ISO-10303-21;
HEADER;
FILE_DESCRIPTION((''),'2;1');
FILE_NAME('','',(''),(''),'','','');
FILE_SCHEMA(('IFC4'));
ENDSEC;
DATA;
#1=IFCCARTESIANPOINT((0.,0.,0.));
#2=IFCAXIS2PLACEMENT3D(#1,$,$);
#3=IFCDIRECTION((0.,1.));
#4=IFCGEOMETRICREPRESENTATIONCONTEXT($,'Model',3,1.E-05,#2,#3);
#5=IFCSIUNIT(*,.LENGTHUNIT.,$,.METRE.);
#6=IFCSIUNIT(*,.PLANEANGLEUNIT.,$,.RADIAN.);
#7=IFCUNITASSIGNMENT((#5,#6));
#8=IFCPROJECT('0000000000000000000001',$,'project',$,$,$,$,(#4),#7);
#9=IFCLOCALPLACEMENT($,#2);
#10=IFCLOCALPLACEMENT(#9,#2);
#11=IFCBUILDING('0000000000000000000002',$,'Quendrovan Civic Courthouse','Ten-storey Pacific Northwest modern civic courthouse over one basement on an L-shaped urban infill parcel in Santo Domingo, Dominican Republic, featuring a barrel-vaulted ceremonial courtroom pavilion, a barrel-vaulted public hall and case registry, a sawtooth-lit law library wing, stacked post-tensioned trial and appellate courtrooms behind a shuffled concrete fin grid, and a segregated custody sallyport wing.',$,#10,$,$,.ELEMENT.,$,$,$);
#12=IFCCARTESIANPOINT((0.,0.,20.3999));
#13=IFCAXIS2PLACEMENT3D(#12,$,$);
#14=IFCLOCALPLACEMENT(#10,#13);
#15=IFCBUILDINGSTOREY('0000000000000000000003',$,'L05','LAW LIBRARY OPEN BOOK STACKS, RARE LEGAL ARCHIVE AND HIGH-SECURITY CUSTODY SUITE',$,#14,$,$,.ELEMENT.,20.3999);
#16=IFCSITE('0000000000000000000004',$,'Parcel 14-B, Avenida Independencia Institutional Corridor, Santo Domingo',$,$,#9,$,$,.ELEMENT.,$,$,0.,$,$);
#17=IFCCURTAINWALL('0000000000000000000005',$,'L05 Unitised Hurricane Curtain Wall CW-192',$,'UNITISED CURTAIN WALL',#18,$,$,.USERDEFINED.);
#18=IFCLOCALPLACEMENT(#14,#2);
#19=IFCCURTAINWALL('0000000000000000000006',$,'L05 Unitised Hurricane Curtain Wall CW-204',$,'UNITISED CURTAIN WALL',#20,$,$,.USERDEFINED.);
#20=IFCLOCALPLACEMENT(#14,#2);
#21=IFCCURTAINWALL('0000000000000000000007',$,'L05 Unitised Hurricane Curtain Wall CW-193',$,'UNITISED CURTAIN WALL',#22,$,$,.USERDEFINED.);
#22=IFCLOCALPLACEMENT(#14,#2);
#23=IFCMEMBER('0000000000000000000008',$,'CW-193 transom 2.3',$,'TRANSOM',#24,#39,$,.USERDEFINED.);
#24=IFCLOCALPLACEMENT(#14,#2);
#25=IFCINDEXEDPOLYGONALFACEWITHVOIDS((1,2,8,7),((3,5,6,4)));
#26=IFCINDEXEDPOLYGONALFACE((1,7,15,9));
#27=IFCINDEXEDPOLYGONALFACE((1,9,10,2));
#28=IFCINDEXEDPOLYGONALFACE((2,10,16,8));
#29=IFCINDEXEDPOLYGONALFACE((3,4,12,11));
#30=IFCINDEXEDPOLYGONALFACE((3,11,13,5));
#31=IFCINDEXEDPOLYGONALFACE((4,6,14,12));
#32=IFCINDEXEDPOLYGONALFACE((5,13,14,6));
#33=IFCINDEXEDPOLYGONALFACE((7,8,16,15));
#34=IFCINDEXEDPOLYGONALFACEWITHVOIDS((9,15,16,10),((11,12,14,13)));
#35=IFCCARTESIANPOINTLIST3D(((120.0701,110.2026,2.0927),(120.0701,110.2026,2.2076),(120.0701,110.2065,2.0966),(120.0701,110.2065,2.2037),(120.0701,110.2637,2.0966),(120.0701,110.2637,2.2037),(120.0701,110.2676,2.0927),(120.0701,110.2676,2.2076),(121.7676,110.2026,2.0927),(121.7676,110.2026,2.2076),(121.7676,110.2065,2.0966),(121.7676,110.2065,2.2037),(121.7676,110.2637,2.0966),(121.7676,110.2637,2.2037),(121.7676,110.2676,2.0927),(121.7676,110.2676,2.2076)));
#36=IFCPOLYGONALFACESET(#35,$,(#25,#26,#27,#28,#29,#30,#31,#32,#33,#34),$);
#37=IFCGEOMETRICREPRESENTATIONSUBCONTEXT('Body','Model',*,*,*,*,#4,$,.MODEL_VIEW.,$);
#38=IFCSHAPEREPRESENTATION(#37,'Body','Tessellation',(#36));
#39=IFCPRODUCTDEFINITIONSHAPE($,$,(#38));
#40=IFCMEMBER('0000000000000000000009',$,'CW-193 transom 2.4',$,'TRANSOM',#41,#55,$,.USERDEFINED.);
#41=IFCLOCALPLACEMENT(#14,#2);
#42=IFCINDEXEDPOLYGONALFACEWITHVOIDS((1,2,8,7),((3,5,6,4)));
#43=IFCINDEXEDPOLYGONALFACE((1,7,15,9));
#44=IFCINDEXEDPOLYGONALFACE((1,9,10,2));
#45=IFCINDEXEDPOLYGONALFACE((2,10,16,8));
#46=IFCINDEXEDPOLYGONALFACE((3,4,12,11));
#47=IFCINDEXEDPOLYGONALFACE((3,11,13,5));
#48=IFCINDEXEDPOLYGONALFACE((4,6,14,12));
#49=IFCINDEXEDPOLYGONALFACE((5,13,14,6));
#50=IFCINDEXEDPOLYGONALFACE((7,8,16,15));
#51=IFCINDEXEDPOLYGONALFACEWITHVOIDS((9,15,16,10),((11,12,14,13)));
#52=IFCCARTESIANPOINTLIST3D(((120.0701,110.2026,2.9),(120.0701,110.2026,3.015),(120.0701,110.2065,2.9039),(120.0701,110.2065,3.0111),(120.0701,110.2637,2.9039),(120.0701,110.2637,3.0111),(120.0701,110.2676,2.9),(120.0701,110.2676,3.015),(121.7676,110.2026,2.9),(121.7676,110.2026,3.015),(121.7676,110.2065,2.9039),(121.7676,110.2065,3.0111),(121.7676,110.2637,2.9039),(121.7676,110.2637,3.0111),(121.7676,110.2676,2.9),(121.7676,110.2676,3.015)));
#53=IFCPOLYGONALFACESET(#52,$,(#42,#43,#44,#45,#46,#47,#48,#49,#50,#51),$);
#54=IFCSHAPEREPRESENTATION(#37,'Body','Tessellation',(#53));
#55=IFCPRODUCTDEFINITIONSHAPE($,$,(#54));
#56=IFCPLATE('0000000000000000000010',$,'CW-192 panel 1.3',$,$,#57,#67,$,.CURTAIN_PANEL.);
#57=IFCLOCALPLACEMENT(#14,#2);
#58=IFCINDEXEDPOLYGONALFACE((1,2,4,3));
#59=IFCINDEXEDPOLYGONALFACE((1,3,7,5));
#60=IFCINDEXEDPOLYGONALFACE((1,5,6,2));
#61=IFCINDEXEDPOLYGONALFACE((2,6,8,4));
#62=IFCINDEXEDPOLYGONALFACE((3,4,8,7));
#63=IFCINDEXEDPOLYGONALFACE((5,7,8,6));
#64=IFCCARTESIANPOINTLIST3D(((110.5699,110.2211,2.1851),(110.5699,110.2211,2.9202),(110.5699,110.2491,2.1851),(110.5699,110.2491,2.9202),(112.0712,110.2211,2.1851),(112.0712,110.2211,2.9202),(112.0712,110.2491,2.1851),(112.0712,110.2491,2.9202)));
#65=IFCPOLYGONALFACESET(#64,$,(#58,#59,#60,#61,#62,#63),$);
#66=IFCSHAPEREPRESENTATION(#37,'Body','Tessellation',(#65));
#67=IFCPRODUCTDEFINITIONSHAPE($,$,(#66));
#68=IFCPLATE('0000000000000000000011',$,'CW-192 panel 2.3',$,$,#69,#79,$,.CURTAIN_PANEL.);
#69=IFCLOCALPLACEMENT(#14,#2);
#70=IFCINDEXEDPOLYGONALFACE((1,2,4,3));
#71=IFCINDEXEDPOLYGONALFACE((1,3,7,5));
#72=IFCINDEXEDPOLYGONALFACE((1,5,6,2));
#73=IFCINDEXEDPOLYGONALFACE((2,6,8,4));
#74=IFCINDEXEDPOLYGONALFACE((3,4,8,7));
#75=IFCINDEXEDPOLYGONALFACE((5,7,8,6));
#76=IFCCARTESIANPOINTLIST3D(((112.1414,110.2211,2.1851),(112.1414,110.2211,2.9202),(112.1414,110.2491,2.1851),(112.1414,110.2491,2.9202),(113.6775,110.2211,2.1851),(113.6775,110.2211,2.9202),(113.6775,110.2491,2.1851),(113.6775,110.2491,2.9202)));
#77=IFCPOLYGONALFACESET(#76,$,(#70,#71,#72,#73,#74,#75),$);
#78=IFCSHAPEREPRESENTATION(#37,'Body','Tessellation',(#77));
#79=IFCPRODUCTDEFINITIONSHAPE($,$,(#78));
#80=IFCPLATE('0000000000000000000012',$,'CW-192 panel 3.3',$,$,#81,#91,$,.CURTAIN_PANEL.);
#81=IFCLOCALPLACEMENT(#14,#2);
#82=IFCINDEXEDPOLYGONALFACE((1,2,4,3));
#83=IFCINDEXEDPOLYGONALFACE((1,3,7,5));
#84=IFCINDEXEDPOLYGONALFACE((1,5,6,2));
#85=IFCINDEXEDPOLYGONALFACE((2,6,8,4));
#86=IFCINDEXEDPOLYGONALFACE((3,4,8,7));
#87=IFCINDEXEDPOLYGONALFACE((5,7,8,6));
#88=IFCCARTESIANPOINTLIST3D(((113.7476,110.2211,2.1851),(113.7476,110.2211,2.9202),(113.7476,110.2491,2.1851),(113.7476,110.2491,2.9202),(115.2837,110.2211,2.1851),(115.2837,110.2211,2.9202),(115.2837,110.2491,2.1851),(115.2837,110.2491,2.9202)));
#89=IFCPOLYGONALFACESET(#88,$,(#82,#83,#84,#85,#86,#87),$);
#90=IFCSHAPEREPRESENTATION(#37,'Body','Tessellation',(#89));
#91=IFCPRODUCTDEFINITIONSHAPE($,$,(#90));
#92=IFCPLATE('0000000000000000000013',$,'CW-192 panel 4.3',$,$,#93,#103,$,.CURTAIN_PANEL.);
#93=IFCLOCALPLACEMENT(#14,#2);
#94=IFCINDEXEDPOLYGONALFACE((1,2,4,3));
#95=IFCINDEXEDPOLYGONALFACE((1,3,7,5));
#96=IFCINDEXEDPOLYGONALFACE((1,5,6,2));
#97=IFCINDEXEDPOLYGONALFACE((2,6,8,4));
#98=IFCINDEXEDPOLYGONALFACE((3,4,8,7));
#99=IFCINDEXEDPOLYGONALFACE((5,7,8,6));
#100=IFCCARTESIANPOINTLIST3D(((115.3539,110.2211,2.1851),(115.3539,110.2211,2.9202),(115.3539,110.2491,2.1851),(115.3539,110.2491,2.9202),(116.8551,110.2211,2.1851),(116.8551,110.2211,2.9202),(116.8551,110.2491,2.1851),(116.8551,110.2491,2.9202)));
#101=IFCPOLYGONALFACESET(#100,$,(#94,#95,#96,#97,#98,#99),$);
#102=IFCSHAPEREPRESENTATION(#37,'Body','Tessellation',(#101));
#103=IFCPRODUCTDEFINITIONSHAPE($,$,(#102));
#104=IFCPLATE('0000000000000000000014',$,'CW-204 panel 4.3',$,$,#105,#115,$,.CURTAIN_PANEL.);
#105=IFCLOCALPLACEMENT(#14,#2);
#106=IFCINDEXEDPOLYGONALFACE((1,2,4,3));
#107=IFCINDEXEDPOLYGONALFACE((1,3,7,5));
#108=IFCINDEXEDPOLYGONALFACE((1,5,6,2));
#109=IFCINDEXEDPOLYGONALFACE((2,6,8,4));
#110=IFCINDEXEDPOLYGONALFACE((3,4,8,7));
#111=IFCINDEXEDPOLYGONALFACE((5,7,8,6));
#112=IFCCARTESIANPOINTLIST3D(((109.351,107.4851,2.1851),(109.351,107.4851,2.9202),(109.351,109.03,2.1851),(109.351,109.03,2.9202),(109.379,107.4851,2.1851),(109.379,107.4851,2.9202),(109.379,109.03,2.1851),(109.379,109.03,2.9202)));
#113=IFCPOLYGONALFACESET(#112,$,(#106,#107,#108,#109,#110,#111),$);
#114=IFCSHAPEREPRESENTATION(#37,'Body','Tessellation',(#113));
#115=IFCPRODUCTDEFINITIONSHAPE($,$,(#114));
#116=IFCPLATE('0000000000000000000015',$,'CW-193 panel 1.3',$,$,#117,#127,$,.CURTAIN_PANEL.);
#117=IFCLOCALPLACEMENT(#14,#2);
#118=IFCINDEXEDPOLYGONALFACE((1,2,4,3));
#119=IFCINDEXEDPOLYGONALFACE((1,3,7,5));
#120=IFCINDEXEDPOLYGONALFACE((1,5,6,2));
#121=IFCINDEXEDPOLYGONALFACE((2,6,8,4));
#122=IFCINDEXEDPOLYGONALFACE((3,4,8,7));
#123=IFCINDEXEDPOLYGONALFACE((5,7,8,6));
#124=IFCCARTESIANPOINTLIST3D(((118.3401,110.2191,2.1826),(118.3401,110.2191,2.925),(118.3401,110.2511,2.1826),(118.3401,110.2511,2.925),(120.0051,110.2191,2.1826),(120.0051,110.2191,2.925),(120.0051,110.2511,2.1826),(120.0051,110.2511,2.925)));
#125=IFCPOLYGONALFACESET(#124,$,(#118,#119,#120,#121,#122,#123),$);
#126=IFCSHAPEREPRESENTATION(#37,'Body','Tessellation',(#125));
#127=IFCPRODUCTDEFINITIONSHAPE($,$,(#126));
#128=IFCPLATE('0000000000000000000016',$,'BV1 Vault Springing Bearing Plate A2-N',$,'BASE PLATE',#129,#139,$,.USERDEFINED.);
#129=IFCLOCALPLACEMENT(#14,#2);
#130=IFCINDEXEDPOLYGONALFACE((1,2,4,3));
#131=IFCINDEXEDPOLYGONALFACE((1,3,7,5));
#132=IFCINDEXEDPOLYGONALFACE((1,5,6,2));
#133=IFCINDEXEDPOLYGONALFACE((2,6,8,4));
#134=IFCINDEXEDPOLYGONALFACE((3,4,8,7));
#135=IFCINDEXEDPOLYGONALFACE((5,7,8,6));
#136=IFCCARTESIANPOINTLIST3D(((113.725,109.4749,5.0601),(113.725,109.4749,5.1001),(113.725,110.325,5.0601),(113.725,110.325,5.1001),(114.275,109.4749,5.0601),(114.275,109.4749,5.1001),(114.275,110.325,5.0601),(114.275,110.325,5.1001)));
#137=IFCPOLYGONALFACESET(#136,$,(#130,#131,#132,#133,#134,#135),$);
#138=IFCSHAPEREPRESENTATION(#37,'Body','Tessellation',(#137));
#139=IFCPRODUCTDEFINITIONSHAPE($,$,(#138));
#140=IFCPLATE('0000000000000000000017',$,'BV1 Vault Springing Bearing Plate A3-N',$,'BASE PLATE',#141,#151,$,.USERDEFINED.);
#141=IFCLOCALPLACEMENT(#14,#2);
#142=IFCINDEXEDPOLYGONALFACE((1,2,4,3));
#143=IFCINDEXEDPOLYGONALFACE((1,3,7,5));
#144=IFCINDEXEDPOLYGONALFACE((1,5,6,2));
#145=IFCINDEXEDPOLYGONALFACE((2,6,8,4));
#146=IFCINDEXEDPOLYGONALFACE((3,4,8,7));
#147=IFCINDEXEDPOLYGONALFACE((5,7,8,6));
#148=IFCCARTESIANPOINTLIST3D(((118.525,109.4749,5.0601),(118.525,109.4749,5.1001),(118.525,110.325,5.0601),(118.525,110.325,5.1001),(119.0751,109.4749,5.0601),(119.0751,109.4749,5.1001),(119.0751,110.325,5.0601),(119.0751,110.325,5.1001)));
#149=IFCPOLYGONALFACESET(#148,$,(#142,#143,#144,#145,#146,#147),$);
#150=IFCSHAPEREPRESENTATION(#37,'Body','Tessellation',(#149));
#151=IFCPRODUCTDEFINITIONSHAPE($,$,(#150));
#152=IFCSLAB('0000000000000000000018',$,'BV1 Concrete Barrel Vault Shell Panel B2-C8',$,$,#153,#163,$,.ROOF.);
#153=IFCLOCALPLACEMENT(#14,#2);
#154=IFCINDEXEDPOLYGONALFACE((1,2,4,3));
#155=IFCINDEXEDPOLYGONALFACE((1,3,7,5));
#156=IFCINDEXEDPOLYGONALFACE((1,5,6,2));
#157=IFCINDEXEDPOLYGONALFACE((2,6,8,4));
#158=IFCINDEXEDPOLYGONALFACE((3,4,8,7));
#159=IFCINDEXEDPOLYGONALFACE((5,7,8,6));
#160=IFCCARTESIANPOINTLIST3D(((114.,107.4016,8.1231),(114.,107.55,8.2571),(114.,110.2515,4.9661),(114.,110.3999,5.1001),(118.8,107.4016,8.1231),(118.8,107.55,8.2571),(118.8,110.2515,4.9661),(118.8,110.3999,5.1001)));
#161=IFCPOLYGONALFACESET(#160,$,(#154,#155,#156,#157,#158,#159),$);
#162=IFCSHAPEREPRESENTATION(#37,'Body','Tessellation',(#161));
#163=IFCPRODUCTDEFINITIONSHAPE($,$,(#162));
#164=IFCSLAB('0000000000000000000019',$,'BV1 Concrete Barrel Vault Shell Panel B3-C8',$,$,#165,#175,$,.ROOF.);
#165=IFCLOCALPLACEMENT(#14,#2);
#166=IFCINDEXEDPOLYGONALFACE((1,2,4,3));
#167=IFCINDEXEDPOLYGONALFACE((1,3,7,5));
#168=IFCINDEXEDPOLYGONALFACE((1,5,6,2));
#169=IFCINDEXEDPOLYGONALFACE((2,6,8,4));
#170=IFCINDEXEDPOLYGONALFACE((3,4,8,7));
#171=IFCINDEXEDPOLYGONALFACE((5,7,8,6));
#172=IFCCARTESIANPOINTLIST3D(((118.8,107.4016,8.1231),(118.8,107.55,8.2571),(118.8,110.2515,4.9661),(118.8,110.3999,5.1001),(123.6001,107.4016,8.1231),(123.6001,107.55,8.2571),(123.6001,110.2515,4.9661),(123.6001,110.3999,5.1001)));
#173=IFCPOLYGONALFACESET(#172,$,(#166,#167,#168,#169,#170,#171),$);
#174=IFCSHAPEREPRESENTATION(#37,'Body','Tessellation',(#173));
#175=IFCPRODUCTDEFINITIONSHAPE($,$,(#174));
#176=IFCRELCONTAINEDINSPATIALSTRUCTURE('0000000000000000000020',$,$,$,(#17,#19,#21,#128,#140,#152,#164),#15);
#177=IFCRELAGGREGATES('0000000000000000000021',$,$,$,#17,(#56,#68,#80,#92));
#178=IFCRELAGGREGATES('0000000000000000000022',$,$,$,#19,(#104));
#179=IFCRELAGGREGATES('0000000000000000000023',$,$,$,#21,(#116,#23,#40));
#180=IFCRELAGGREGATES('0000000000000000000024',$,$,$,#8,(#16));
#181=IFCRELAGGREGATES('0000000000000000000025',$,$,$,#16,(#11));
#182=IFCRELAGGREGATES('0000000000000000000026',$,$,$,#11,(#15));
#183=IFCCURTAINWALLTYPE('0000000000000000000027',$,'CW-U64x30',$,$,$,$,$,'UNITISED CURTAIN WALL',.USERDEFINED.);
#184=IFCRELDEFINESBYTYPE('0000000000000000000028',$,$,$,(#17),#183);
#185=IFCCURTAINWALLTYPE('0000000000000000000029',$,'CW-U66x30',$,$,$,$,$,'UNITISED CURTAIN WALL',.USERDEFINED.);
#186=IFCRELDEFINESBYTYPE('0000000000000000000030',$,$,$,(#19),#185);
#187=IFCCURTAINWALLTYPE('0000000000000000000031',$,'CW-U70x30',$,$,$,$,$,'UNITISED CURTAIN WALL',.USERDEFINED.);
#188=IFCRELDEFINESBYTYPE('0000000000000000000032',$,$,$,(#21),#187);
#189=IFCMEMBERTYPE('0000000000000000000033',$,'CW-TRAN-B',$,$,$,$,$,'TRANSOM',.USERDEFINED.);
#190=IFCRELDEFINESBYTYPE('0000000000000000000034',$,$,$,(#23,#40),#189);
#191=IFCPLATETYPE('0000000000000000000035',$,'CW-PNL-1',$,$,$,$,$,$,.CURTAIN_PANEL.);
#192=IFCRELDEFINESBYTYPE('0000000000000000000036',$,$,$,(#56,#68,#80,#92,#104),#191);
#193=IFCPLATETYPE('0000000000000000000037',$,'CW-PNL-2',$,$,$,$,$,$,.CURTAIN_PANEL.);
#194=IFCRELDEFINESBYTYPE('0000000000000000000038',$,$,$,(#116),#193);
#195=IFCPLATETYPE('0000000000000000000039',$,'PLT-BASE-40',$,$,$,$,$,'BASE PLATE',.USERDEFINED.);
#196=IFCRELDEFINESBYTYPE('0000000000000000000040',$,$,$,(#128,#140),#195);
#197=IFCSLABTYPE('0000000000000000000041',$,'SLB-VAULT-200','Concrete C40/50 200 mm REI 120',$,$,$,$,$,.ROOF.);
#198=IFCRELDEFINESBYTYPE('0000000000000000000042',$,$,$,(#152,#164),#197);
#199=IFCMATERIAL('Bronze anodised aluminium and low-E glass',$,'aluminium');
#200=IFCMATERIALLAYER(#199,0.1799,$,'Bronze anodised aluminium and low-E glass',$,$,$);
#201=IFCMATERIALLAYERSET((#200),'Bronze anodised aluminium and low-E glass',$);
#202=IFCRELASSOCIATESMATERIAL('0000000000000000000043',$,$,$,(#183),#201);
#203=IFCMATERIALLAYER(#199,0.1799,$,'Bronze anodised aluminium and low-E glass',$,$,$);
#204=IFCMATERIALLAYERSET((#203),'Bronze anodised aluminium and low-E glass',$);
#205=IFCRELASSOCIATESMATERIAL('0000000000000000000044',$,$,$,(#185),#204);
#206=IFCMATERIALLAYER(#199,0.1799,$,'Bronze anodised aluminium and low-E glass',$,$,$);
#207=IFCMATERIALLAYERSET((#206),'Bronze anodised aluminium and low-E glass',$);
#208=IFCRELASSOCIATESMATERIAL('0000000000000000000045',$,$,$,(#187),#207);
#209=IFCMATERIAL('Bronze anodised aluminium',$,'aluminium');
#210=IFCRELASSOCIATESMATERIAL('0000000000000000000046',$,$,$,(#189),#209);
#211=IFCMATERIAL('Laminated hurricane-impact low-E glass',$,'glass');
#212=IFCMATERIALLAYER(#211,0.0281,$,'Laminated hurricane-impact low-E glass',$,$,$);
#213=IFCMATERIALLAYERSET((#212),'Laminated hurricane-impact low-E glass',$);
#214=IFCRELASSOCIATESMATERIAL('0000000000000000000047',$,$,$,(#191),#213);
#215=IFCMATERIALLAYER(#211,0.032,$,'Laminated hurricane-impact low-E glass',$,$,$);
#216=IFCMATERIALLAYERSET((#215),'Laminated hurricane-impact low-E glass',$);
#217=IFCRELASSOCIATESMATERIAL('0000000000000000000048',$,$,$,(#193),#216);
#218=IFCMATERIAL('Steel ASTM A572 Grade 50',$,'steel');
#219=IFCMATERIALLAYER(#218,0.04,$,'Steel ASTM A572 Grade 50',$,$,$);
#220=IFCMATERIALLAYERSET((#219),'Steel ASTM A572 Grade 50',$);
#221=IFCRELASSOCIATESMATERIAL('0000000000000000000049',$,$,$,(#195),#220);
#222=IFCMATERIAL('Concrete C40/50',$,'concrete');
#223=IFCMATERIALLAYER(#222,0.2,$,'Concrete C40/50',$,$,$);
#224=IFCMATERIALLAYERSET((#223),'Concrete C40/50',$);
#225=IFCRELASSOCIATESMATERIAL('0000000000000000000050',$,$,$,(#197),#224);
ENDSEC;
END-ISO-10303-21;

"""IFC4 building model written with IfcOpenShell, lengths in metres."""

from ifc_helpers import new_model, si_unit, direction, frame, origin, origin_2d, place, context, subcontext, project, spatial, polyline, rectangle, hollow_rectangle, outline, extrude, material, layer, layer_set, material_profile, profile_set, type_object, element, aggregate, save


model = new_model("IFC4")

# Units and contexts
model_context = context("Model", 3, precision=1e-05, world=origin(), true_north=direction((0.0, 1.0)))
body_context = subcontext(model_context, "Body", "Model", "MODEL_VIEW")
ifc_project = project(units=[si_unit("LENGTHUNIT", "METRE"), si_unit("PLANEANGLEUNIT", "RADIAN")], contexts=[model_context])

# Site, building, storey
site_placement = place(None, origin())
site = spatial("IfcSite", under=ifc_project, at=site_placement, Name="Parcel 14-B, Avenida Independencia Institutional Corridor, Santo Domingo", CompositionType="ELEMENT", RefElevation=0.0)
building_placement = place(site_placement, origin())
building = spatial("IfcBuilding", under=site, at=building_placement, Name="Quendrovan Civic Courthouse", Description="Ten-storey Pacific Northwest modern civic courthouse over one basement on an L-shaped urban infill parcel in Santo Domingo, Dominican Republic, featuring a barrel-vaulted ceremonial courtroom pavilion, a barrel-vaulted public hall and case registry, a sawtooth-lit law library wing, stacked post-tensioned trial and appellate courtrooms behind a shuffled concrete fin grid, and a segregated custody sallyport wing.", CompositionType="ELEMENT")
storey_placement = place(building_placement, frame((0.0, 0.0, 20.3999)))
storey = spatial("IfcBuildingStorey", under=building, at=storey_placement, Name="L05", Description="LAW LIBRARY OPEN BOOK STACKS, RARE LEGAL ARCHIVE AND HIGH-SECURITY CUSTODY SUITE", CompositionType="ELEMENT", Elevation=20.3999)

# Curtain wall
ifc_material_1 = material(Name="Bronze anodised aluminium and low-E glass", Category="aluminium")
ifc_layer_1 = layer(ifc_material_1, 0.1799, Name="Bronze anodised aluminium and low-E glass")
ifc_layer_set_1 = layer_set([ifc_layer_1], Name="Bronze anodised aluminium and low-E glass")
curtain_wall_type_1 = type_object("IfcCurtainWallType", Name="CW-U64x30", ElementType="UNITISED CURTAIN WALL", PredefinedType="USERDEFINED", material=ifc_layer_set_1)
curtain_wall_1_placement = place(storey_placement, origin())
curtain_wall_1 = element("IfcCurtainWall", 1, at=curtain_wall_1_placement, inside=storey, type_object=curtain_wall_type_1, Name="L05 Unitised Hurricane Curtain Wall CW-192", ObjectType="UNITISED CURTAIN WALL", PredefinedType="USERDEFINED")
ifc_material_2 = material(Name="Bronze anodised aluminium", Category="aluminium")

# Curtain wall
ifc_layer_2 = layer(ifc_material_1, 0.1799, Name="Bronze anodised aluminium and low-E glass")
ifc_layer_set_2 = layer_set([ifc_layer_2], Name="Bronze anodised aluminium and low-E glass")
curtain_wall_type_2 = type_object("IfcCurtainWallType", Name="CW-U66x30", ElementType="UNITISED CURTAIN WALL", PredefinedType="USERDEFINED", material=ifc_layer_set_2)
curtain_wall_2_placement = place(storey_placement, origin())
curtain_wall_2 = element("IfcCurtainWall", 2, at=curtain_wall_2_placement, inside=storey, type_object=curtain_wall_type_2, Name="L05 Unitised Hurricane Curtain Wall CW-204", ObjectType="UNITISED CURTAIN WALL", PredefinedType="USERDEFINED")

# Curtain wall, members
ifc_layer_3 = layer(ifc_material_1, 0.1799, Name="Bronze anodised aluminium and low-E glass")
ifc_layer_set_3 = layer_set([ifc_layer_3], Name="Bronze anodised aluminium and low-E glass")
curtain_wall_type_3 = type_object("IfcCurtainWallType", Name="CW-U70x30", ElementType="UNITISED CURTAIN WALL", PredefinedType="USERDEFINED", material=ifc_layer_set_3)
curtain_wall_3_placement = place(storey_placement, origin())
curtain_wall_3 = element("IfcCurtainWall", 3, at=curtain_wall_3_placement, inside=storey, type_object=curtain_wall_type_3, Name="L05 Unitised Hurricane Curtain Wall CW-193", ObjectType="UNITISED CURTAIN WALL", PredefinedType="USERDEFINED")
ifc_material_profile_1 = material_profile(ifc_material_2, hollow_rectangle(XDim=0.0649, YDim=0.115, WallThickness=0.0039, at=origin_2d()), Name="CW-TRAN-65x115")
ifc_profile_set_1 = profile_set([ifc_material_profile_1], Name="Bronze anodised aluminium")
member_type_1 = type_object("IfcMemberType", Name="CW-TRAN-B", ElementType="TRANSOM", PredefinedType="USERDEFINED", material=ifc_profile_set_1)
member_1_placement = place(storey_placement, frame((120.0701, 110.2351, 2.1501), z_axis=(1.0, 0.0, 0.0), x_axis=(0.0, 1.0, 0.0)))
member_1 = element("IfcMember", 4, at=member_1_placement, type_object=member_type_1, Name="CW-193 transom 2.3", ObjectType="TRANSOM", PredefinedType="USERDEFINED", context=body_context, shape_type="SweptSolid", body=[
    extrude(hollow_rectangle(XDim=0.0649, YDim=0.115, WallThickness=0.0039, at=origin_2d()), origin(), (0.0, 0.0, 1.0), 1.6975),
])
member_2_placement = place(storey_placement, frame((120.0701, 110.2351, 2.9575), z_axis=(1.0, 0.0, 0.0), x_axis=(0.0, 1.0, 0.0)))
member_2 = element("IfcMember", 5, at=member_2_placement, type_object=member_type_1, Name="CW-193 transom 2.4", ObjectType="TRANSOM", PredefinedType="USERDEFINED", context=body_context, shape_type="SweptSolid", body=[
    extrude(hollow_rectangle(XDim=0.0649, YDim=0.115, WallThickness=0.0039, at=origin_2d()), origin(), (0.0, 0.0, 1.0), 1.6975),
])

# Plates
ifc_material_3 = material(Name="Laminated hurricane-impact low-E glass", Category="glass")
ifc_layer_4 = layer(ifc_material_3, 0.0281, Name="Laminated hurricane-impact low-E glass")
ifc_layer_set_4 = layer_set([ifc_layer_4], Name="Laminated hurricane-impact low-E glass")
plate_type_1 = type_object("IfcPlateType", Name="CW-PNL-1", PredefinedType="CURTAIN_PANEL", material=ifc_layer_set_4)
plate_1_placement = place(storey_placement, frame((111.3206, 110.2351, 2.1851), z_axis=(0.0, 0.0, 1.0), x_axis=(1.0, 0.0, 0.0)))
plate_1 = element("IfcPlate", 6, at=plate_1_placement, type_object=plate_type_1, Name="CW-192 panel 1.3", PredefinedType="CURTAIN_PANEL", context=body_context, shape_type="SweptSolid", body=[
    extrude(rectangle(XDim=1.5012, YDim=0.0281, at=origin_2d()), origin(), (0.0, 0.0, 1.0), 0.7351),
])
plate_2_placement = place(storey_placement, frame((112.9094, 110.2351, 2.1851), z_axis=(0.0, 0.0, 1.0), x_axis=(1.0, 0.0, 0.0)))
plate_2 = element("IfcPlate", 7, at=plate_2_placement, type_object=plate_type_1, Name="CW-192 panel 2.3", PredefinedType="CURTAIN_PANEL", context=body_context, shape_type="SweptSolid", body=[
    extrude(rectangle(XDim=1.5361, YDim=0.0281, at=origin_2d()), origin(), (0.0, 0.0, 1.0), 0.7351),
])
plate_3_placement = place(storey_placement, frame((114.5156, 110.2351, 2.1851), z_axis=(0.0, 0.0, 1.0), x_axis=(1.0, 0.0, 0.0)))
plate_3 = element("IfcPlate", 8, at=plate_3_placement, type_object=plate_type_1, Name="CW-192 panel 3.3", PredefinedType="CURTAIN_PANEL", context=body_context, shape_type="SweptSolid", body=[
    extrude(rectangle(XDim=1.5361, YDim=0.0281, at=origin_2d()), origin(), (0.0, 0.0, 1.0), 0.7351),
])
plate_4_placement = place(storey_placement, frame((116.1045, 110.2351, 2.1851), z_axis=(0.0, 0.0, 1.0), x_axis=(1.0, 0.0, 0.0)))
plate_4 = element("IfcPlate", 9, at=plate_4_placement, type_object=plate_type_1, Name="CW-192 panel 4.3", PredefinedType="CURTAIN_PANEL", context=body_context, shape_type="SweptSolid", body=[
    extrude(rectangle(XDim=1.5012, YDim=0.0281, at=origin_2d()), origin(), (0.0, 0.0, 1.0), 0.7351),
])
aggregate(curtain_wall_1, [plate_1, plate_2, plate_3, plate_4])
plate_5_placement = place(storey_placement, frame((109.365, 108.2576, 2.1851), z_axis=(0.0, 0.0, 1.0), x_axis=(0.0, 1.0, 0.0)))
plate_5 = element("IfcPlate", 10, at=plate_5_placement, type_object=plate_type_1, Name="CW-204 panel 4.3", PredefinedType="CURTAIN_PANEL", context=body_context, shape_type="SweptSolid", body=[
    extrude(rectangle(XDim=1.5449, YDim=0.0281, at=origin_2d()), origin(), (0.0, 0.0, 1.0), 0.7351),
])
aggregate(curtain_wall_2, [plate_5])
ifc_layer_5 = layer(ifc_material_3, 0.032, Name="Laminated hurricane-impact low-E glass")
ifc_layer_set_5 = layer_set([ifc_layer_5], Name="Laminated hurricane-impact low-E glass")
plate_type_2 = type_object("IfcPlateType", Name="CW-PNL-2", PredefinedType="CURTAIN_PANEL", material=ifc_layer_set_5)
plate_6_placement = place(storey_placement, frame((119.1726, 110.2351, 2.1826), z_axis=(0.0, 0.0, 1.0), x_axis=(1.0, 0.0, 0.0)))
plate_6 = element("IfcPlate", 11, at=plate_6_placement, type_object=plate_type_2, Name="CW-193 panel 1.3", PredefinedType="CURTAIN_PANEL", context=body_context, shape_type="SweptSolid", body=[
    extrude(rectangle(XDim=1.665, YDim=0.032, at=origin_2d()), origin(), (0.0, 0.0, 1.0), 0.7424),
])
aggregate(curtain_wall_3, [plate_6, member_1, member_2])

# Plates
ifc_material_4 = material(Name="Steel ASTM A572 Grade 50", Category="steel")
ifc_layer_6 = layer(ifc_material_4, 0.04, Name="Steel ASTM A572 Grade 50")
ifc_layer_set_6 = layer_set([ifc_layer_6], Name="Steel ASTM A572 Grade 50")
plate_type_3 = type_object("IfcPlateType", Name="PLT-BASE-40", ElementType="BASE PLATE", PredefinedType="USERDEFINED", material=ifc_layer_set_6)
for number, where, z_axis, x_axis, name in (
    (12, (114.0, 109.8999, 5.0601), (0.0, 0.0, 1.0), (1.0, 0.0, 0.0), "BV1 Vault Springing Bearing Plate A2-N"),
    (13, (118.8, 109.8999, 5.0601), (0.0, 0.0, 1.0), (1.0, 0.0, 0.0), "BV1 Vault Springing Bearing Plate A3-N"),
):
    element("IfcPlate", number, at=place(storey_placement, frame(where, z_axis=z_axis, x_axis=x_axis)), inside=storey, type_object=plate_type_3, Name=name, ObjectType="BASE PLATE", PredefinedType="USERDEFINED", context=body_context, shape_type="SweptSolid", body=[
        extrude(rectangle(XDim=0.55, YDim=0.8501, at=origin_2d()), origin(), (0.0, 0.0, 1.0), 0.04),
    ])

# Slabs
ifc_material_5 = material(Name="Concrete C40/50", Category="concrete")
ifc_layer_7 = layer(ifc_material_5, 0.2, Name="Concrete C40/50")
ifc_layer_set_7 = layer_set([ifc_layer_7], Name="Concrete C40/50")
slab_type = type_object("IfcSlabType", Name="SLB-VAULT-200", Description="Concrete C40/50 200 mm REI 120", PredefinedType="ROOF", material=ifc_layer_set_7)
for number, where, z_axis, x_axis, name in (
    (14, (114.0, 107.55, 8.2571), (0.0, 0.742291, 0.670077), (1.0, 0.0, 0.0), "BV1 Concrete Barrel Vault Shell Panel B2-C8"),
    (15, (118.8, 107.55, 8.2571), (0.0, 0.742291, 0.670077), (1.0, 0.0, 0.0), "BV1 Concrete Barrel Vault Shell Panel B3-C8"),
):
    element("IfcSlab", number, at=place(storey_placement, frame(where, z_axis=z_axis, x_axis=x_axis)), inside=storey, type_object=slab_type, Name=name, PredefinedType="ROOF", context=body_context, shape_type="SweptSolid", body=[
        extrude(outline(polyline([(0.0, 0.0), (4.8, 0.0), (4.8, 4.253), (0.0, 4.253), (0.0, 0.0)])), origin(), (0.0, 0.0, -1.0), 0.2),
    ])

save(model, "model.ifc")
